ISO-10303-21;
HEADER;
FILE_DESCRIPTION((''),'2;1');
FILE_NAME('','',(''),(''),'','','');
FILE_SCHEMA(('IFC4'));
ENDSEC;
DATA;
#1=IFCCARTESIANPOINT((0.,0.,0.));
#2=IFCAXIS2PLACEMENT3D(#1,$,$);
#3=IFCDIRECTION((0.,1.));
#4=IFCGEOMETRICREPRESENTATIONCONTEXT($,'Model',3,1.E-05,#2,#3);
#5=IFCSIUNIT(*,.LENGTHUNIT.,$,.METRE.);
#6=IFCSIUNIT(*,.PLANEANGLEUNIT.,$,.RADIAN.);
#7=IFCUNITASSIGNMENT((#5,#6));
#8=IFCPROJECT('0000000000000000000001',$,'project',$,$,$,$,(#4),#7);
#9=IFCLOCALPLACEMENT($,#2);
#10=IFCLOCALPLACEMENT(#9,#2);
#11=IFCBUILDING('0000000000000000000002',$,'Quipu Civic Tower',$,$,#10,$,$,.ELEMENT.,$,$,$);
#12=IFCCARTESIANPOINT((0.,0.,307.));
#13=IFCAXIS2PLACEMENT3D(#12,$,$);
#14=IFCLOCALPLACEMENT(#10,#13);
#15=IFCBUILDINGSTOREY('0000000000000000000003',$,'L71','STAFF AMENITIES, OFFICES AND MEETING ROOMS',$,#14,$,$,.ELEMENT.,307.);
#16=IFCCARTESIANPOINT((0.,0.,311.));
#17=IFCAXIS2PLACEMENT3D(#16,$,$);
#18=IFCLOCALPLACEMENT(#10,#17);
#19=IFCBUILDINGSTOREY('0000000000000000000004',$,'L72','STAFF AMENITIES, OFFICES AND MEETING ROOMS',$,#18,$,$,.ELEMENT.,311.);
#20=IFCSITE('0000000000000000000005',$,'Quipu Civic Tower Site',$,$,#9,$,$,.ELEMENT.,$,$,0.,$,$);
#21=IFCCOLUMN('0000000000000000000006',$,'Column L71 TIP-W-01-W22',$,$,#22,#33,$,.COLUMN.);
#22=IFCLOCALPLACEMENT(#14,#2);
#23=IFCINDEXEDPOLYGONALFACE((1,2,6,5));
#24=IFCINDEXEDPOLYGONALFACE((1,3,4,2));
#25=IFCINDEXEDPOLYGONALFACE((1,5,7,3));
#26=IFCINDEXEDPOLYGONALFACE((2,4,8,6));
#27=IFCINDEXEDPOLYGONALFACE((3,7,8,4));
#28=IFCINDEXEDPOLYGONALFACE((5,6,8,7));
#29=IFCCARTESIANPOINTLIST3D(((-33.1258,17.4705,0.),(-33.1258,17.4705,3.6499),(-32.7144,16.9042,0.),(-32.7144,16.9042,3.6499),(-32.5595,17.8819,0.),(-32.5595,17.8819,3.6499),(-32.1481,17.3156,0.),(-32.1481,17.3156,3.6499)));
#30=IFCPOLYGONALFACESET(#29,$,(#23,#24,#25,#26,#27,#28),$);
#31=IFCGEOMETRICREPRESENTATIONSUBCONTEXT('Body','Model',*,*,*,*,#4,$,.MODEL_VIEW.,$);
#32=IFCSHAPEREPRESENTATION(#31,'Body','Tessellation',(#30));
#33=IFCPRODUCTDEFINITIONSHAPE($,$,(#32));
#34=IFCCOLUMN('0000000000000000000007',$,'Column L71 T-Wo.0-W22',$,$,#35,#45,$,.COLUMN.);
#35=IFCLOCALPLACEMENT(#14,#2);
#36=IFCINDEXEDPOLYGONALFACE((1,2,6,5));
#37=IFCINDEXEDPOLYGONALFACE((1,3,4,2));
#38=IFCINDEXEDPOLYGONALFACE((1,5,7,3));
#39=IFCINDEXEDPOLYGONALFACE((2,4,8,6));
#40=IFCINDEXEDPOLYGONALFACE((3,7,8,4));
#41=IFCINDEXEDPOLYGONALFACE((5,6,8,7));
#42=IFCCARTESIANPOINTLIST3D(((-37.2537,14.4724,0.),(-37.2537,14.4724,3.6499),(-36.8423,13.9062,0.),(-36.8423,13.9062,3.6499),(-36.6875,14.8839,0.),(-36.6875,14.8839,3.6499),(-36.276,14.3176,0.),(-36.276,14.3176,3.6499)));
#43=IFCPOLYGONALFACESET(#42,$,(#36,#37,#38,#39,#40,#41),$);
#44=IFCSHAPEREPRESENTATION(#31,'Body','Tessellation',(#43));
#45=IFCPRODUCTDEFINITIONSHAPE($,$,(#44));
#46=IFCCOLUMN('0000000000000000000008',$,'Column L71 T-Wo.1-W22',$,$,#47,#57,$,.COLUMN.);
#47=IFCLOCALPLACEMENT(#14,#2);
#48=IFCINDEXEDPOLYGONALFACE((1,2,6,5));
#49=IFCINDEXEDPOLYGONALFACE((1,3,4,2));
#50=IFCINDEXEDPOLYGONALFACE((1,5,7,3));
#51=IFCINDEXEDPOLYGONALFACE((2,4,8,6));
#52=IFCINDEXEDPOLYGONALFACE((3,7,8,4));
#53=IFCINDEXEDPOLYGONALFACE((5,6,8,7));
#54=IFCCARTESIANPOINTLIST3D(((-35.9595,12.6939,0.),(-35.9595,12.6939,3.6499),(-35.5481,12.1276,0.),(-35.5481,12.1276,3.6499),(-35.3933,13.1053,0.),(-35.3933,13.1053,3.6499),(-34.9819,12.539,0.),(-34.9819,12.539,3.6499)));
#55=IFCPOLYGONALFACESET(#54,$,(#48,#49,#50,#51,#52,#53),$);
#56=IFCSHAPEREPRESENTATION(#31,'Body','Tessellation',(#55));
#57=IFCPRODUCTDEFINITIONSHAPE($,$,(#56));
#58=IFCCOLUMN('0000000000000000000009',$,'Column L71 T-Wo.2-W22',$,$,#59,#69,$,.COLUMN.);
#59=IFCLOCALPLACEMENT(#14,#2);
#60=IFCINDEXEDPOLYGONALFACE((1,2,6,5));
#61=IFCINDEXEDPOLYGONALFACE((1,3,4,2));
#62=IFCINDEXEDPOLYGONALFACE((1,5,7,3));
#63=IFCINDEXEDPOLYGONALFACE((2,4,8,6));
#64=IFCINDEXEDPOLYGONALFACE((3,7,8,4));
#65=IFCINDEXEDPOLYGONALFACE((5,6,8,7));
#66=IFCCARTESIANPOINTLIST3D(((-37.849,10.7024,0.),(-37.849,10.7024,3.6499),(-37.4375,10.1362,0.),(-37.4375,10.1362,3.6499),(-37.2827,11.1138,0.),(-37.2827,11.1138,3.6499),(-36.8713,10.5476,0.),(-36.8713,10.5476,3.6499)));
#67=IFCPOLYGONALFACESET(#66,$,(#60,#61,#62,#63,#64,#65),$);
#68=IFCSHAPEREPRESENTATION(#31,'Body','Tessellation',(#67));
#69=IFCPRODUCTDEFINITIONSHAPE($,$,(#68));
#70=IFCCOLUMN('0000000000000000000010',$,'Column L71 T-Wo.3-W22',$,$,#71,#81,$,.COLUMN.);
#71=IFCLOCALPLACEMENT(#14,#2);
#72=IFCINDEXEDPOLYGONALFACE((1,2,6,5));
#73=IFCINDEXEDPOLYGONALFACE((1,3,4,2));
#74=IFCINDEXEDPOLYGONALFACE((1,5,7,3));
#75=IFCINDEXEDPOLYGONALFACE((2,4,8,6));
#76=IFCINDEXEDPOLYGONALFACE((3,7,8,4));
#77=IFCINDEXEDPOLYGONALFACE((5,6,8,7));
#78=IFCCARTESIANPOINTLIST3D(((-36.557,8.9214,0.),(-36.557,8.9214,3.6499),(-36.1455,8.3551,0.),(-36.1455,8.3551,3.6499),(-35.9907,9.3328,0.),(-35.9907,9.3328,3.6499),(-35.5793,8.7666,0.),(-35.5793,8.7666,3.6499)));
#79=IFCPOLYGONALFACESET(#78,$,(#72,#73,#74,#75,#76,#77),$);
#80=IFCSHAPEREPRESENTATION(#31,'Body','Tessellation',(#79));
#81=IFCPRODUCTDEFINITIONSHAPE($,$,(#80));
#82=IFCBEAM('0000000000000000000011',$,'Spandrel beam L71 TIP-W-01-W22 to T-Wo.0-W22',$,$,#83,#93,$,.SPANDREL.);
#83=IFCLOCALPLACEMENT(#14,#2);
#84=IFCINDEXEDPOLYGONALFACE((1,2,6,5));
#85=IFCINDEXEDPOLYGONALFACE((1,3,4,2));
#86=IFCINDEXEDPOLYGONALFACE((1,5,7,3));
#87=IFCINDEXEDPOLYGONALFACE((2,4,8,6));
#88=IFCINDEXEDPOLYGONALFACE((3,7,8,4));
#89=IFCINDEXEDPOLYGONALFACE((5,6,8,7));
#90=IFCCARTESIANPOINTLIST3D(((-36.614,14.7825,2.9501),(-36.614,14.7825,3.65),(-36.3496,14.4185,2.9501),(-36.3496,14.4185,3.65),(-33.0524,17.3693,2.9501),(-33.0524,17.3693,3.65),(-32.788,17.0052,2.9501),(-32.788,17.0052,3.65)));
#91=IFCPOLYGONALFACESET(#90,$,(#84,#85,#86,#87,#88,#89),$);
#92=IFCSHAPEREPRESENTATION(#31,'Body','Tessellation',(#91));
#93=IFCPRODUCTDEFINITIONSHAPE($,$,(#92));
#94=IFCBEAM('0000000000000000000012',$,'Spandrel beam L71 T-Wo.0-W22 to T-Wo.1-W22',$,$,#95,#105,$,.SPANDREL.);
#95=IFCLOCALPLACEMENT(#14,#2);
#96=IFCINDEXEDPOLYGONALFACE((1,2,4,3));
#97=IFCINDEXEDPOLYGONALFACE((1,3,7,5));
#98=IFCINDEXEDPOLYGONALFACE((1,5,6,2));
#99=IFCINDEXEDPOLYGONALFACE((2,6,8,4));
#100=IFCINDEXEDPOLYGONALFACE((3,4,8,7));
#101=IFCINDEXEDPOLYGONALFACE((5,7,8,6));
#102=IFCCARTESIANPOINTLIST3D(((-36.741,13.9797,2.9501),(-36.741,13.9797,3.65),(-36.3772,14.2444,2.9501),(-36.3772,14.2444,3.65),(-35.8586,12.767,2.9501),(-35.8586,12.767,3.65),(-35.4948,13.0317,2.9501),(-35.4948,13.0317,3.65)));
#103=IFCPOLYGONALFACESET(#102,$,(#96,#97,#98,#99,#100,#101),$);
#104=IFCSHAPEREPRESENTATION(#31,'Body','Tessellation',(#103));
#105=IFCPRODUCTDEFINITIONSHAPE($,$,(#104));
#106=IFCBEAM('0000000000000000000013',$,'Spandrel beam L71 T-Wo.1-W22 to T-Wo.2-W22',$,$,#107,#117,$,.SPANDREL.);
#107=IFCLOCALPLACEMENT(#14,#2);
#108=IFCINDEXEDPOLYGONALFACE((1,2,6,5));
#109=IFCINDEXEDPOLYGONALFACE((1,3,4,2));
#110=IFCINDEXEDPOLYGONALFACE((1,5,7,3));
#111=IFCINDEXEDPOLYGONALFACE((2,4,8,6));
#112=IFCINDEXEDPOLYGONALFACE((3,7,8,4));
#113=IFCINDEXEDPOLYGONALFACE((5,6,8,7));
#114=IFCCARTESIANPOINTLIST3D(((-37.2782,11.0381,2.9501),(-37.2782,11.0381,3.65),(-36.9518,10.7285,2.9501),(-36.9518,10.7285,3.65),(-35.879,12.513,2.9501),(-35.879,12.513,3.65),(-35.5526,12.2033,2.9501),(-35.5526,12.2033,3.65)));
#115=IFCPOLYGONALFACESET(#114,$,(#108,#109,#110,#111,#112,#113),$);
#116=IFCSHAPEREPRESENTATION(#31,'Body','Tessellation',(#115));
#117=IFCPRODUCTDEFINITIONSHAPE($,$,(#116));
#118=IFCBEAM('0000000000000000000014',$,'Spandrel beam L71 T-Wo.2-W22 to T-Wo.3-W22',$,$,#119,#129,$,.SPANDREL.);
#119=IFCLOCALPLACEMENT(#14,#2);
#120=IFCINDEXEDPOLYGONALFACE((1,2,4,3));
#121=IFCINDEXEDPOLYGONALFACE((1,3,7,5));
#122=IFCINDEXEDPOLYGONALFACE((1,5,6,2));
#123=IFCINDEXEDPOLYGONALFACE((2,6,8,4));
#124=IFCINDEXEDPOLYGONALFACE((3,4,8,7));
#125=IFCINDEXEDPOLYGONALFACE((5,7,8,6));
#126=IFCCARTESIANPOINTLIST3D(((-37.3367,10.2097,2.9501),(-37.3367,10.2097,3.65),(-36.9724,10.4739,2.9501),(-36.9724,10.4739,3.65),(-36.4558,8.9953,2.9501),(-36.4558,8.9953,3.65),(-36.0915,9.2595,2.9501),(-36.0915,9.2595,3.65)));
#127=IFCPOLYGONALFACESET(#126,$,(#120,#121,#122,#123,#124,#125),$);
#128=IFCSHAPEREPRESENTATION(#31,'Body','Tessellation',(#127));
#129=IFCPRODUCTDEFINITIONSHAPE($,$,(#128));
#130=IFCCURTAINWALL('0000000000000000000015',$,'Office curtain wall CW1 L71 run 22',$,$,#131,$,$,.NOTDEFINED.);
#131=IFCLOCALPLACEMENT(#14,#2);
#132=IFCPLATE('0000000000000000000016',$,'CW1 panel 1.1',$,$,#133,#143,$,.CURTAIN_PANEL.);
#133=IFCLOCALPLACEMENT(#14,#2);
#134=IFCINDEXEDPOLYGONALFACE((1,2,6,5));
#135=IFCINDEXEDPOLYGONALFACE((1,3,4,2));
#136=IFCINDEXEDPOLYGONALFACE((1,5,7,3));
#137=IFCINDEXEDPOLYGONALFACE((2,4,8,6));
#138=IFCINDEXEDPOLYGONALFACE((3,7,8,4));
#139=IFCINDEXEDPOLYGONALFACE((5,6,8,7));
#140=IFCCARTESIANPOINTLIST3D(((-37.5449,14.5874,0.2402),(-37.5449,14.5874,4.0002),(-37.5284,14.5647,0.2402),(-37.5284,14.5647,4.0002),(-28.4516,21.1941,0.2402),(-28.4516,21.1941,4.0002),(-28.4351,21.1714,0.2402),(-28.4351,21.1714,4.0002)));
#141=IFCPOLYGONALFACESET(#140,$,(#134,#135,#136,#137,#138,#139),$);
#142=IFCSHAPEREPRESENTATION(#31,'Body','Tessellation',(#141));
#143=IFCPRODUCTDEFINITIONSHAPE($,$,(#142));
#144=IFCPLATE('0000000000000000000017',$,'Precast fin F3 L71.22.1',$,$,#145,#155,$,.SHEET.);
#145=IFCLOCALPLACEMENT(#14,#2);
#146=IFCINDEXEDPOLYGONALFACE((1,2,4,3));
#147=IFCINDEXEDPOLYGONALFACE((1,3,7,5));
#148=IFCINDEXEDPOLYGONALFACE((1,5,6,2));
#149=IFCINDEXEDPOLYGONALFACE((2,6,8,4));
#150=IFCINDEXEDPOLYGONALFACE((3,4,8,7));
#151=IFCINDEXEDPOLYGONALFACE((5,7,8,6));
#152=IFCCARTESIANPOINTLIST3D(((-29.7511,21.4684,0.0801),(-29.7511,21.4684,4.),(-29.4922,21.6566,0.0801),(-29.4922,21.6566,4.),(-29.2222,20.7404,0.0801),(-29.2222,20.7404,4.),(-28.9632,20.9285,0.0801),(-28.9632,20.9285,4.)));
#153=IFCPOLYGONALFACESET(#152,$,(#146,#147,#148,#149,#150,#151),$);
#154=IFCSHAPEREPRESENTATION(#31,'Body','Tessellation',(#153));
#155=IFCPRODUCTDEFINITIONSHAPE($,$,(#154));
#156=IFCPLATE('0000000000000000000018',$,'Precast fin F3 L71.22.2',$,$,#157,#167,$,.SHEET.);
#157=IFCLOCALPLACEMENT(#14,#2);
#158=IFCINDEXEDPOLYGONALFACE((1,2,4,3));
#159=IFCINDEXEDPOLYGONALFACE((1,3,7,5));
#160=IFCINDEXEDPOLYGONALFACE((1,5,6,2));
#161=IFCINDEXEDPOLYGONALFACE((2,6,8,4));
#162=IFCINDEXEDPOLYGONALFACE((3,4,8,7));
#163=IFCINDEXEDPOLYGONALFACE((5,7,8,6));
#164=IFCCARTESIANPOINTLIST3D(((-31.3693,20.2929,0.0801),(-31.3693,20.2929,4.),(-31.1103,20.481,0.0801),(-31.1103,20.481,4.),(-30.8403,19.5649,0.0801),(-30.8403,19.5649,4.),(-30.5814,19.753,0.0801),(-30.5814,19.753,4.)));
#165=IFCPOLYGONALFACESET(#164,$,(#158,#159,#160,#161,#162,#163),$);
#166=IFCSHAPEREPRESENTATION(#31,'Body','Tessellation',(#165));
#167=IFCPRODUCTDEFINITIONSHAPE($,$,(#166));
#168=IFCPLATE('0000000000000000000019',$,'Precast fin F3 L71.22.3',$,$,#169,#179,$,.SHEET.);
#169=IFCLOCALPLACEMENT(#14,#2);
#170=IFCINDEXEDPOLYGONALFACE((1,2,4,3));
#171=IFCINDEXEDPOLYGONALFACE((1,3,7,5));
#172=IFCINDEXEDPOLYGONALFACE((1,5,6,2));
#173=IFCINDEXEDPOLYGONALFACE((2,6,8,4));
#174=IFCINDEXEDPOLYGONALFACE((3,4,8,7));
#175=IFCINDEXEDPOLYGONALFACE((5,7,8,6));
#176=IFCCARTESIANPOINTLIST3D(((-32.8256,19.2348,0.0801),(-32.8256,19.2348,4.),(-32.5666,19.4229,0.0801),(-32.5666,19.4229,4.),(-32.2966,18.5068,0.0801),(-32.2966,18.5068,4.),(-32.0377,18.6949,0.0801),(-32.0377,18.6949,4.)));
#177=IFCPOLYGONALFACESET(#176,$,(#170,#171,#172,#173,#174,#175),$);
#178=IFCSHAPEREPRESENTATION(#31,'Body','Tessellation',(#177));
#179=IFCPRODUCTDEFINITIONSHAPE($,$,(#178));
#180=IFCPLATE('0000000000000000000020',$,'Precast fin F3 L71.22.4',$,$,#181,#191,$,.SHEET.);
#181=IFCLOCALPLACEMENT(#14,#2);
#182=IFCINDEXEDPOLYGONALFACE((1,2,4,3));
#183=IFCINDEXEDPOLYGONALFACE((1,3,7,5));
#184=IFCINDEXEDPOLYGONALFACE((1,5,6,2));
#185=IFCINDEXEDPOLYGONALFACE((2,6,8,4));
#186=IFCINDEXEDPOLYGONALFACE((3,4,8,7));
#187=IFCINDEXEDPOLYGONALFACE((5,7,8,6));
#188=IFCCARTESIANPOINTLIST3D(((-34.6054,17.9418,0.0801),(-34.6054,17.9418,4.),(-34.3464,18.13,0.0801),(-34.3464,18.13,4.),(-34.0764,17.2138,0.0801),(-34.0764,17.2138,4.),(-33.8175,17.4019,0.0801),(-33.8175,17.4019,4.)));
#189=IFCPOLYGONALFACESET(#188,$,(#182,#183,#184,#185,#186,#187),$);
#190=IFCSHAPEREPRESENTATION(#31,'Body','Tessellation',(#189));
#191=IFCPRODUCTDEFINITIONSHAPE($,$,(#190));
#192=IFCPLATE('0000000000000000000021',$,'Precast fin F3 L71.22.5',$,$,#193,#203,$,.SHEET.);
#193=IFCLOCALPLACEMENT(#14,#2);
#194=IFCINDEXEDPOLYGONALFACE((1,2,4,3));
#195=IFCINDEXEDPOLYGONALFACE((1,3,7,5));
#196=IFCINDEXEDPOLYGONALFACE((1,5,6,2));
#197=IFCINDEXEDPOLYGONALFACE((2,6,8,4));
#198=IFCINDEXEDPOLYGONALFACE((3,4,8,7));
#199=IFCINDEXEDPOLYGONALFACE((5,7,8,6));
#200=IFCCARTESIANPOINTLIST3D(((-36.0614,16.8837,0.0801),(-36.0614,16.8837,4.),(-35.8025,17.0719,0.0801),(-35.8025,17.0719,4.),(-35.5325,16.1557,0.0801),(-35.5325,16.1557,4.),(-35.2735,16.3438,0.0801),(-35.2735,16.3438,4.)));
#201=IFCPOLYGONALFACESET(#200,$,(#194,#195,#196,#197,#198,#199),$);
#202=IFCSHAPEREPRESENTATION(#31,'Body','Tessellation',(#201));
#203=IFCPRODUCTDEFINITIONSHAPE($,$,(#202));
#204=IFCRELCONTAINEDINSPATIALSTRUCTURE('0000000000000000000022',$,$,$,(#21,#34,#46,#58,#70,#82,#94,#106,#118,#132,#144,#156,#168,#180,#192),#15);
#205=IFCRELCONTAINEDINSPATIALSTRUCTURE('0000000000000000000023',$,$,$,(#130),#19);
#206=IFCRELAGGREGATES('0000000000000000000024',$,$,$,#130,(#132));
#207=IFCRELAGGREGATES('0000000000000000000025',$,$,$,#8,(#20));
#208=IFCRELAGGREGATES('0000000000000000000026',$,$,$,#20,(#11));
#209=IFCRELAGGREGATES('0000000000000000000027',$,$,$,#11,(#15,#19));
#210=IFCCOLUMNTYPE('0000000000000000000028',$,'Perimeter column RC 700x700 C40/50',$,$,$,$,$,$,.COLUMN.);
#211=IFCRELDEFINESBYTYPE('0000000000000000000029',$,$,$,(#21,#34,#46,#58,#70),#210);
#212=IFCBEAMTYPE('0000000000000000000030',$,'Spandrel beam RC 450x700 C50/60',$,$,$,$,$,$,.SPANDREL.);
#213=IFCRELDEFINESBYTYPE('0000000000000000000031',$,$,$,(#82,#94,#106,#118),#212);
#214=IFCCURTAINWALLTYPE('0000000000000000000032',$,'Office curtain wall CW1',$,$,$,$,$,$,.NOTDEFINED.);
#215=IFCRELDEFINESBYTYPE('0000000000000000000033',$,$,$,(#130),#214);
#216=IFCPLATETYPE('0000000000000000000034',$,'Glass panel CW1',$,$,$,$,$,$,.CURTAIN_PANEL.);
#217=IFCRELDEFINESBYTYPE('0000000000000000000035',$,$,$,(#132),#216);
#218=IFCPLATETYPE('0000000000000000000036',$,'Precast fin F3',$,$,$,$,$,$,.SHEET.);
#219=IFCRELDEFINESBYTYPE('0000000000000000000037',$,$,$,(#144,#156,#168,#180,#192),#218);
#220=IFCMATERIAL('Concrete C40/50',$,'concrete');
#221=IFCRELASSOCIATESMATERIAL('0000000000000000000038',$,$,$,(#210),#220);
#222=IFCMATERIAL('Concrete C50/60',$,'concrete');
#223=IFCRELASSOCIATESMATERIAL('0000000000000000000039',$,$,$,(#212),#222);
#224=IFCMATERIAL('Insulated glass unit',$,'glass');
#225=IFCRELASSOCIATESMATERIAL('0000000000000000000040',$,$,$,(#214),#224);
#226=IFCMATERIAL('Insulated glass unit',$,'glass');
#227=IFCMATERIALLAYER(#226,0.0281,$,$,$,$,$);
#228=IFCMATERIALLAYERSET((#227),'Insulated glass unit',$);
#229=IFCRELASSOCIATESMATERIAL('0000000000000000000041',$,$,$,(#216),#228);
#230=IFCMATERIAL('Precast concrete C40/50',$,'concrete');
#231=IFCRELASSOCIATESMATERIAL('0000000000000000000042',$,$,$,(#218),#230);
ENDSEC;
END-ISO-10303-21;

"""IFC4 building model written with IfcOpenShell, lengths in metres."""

from ifc_helpers import new_model, si_unit, direction, frame, origin, origin_2d, place, context, subcontext, project, spatial, rectangle, extrude, material, layer, layer_set, material_profile, profile_set, type_object, element, aggregate, save


model = new_model("IFC4")

# Units and contexts
model_context = context("Model", 3, precision=1e-05, world=origin(), true_north=direction((0.0, 1.0)))
body_context = subcontext(model_context, "Body", "Model", "MODEL_VIEW")
ifc_project = project(units=[si_unit("LENGTHUNIT", "METRE"), si_unit("PLANEANGLEUNIT", "RADIAN")], contexts=[model_context])

# Site, building, storey
site_placement = place(None, origin())
site = spatial("IfcSite", under=ifc_project, at=site_placement, Name="Quipu Civic Tower Site", CompositionType="ELEMENT", RefElevation=0.0)
building_placement = place(site_placement, origin())
building = spatial("IfcBuilding", under=site, at=building_placement, Name="Quipu Civic Tower", CompositionType="ELEMENT")
storey_1_placement = place(building_placement, frame((0.0, 0.0, 307.0)))
storey_1 = spatial("IfcBuildingStorey", under=building, at=storey_1_placement, Name="L71", Description="STAFF AMENITIES, OFFICES AND MEETING ROOMS", CompositionType="ELEMENT", Elevation=307.0)

# Columns
ifc_material_1 = material(Name="Concrete C40/50", Category="concrete")
ifc_material_profile_1 = material_profile(ifc_material_1, rectangle(XDim=0.7, YDim=0.7, at=origin_2d()), Name="RC700x700")
ifc_profile_set_1 = profile_set([ifc_material_profile_1], Name="Concrete C40/50")
column_type = type_object("IfcColumnType", Name="Perimeter column RC 700x700 C40/50", PredefinedType="COLUMN", material=ifc_profile_set_1)
for number, where, z_axis, x_axis, name in (
    (1, (-32.637, 17.3931, 0.0), (0.0, 0.0, 1.0), (-0.809017, -0.587785, 0.0), "Column L71 TIP-W-01-W22"),
    (2, (-36.7649, 14.395, 0.0), (0.0, 0.0, 1.0), (0.587785, -0.809017, 0.0), "Column L71 T-Wo.0-W22"),
    (3, (-35.4707, 12.6165, 0.0), (0.0, 0.0, 1.0), (-0.809017, -0.587785, 0.0), "Column L71 T-Wo.1-W22"),
    (4, (-37.3601, 10.625, 0.0), (0.0, 0.0, 1.0), (0.587785, -0.809017, 0.0), "Column L71 T-Wo.2-W22"),
    (5, (-36.0681, 8.844, 0.0), (0.0, 0.0, 1.0), (0.587785, -0.809017, 0.0), "Column L71 T-Wo.3-W22"),
):
    element("IfcColumn", number, at=place(storey_1_placement, frame(where, z_axis=z_axis, x_axis=x_axis)), inside=storey_1, type_object=column_type, Name=name, PredefinedType="COLUMN", context=body_context, shape_type="SweptSolid", body=[
        extrude(rectangle(XDim=0.7, YDim=0.7, at=origin_2d()), origin(), (0.0, 0.0, 1.0), 3.6499),
    ])

# Beams
ifc_material_2 = material(Name="Concrete C50/60", Category="concrete")
ifc_material_profile_2 = material_profile(ifc_material_2, rectangle(XDim=0.45, YDim=0.7, at=origin_2d()), Name="RC450x700")
ifc_profile_set_2 = profile_set([ifc_material_profile_2], Name="Concrete C50/60")
beam_type = type_object("IfcBeamType", Name="Spandrel beam RC 450x700 C50/60", PredefinedType="SPANDREL", material=ifc_profile_set_2)
beam_1_placement = place(storey_1_placement, frame((-32.9202, 17.1873, 3.3), z_axis=(-0.809117, -0.587647, 0.0), x_axis=(0.587647, -0.809117, 0.0)))
element("IfcBeam", 6, at=beam_1_placement, inside=storey_1, type_object=beam_type, Name="Spandrel beam L71 TIP-W-01-W22 to T-Wo.0-W22", PredefinedType="SPANDREL", context=body_context, shape_type="SweptSolid", body=[
    extrude(rectangle(XDim=0.45, YDim=0.7, at=origin_2d()), origin(), (0.0, 0.0, 1.0), 4.4019),
])
beam_2_placement = place(storey_1_placement, frame((-36.5591, 14.1121, 3.3), z_axis=(0.588346, -0.808609, 0.0), x_axis=(0.808609, 0.588346, 0.0)))
element("IfcBeam", 7, at=beam_2_placement, inside=storey_1, type_object=beam_type, Name="Spandrel beam L71 T-Wo.0-W22 to T-Wo.1-W22", PredefinedType="SPANDREL", context=body_context, shape_type="SweptSolid", body=[
    extrude(rectangle(XDim=0.45, YDim=0.7, at=origin_2d()), origin(), (0.0, 0.0, 1.0), 1.4998),
])
beam_3_placement = place(storey_1_placement, frame((-35.7158, 12.3582, 3.3), z_axis=(-0.688247, -0.725476, 0.0), x_axis=(0.725476, -0.688247, 0.0)))
element("IfcBeam", 8, at=beam_3_placement, inside=storey_1, type_object=beam_type, Name="Spandrel beam L71 T-Wo.1-W22 to T-Wo.2-W22", PredefinedType="SPANDREL", context=body_context, shape_type="SweptSolid", body=[
    extrude(rectangle(XDim=0.45, YDim=0.7, at=origin_2d()), origin(), (0.0, 0.0, 1.0), 2.033),
])
beam_4_placement = place(storey_1_placement, frame((-37.1545, 10.3418, 3.3), z_axis=(0.587165, -0.809467, 0.0), x_axis=(0.809467, 0.587165, 0.0)))
element("IfcBeam", 9, at=beam_4_placement, inside=storey_1, type_object=beam_type, Name="Spandrel beam L71 T-Wo.2-W22 to T-Wo.3-W22", PredefinedType="SPANDREL", context=body_context, shape_type="SweptSolid", body=[
    extrude(rectangle(XDim=0.45, YDim=0.7, at=origin_2d()), origin(), (0.0, 0.0, 1.0), 1.5002),
])

# Shared definitions
storey_2_placement = place(building_placement, frame((0.0, 0.0, 311.0)))
storey_2 = spatial("IfcBuildingStorey", under=building, at=storey_2_placement, Name="L72", Description="STAFF AMENITIES, OFFICES AND MEETING ROOMS", CompositionType="ELEMENT", Elevation=311.0)

# Curtain wall, plate
ifc_material_3 = material(Name="Insulated glass unit", Category="glass")
curtain_wall_type = type_object("IfcCurtainWallType", Name="Office curtain wall CW1", PredefinedType="NOTDEFINED", material=ifc_material_3)
curtain_wall_placement = place(storey_2_placement, origin())
curtain_wall = element("IfcCurtainWall", 10, at=curtain_wall_placement, inside=storey_2, type_object=curtain_wall_type, Name="Office curtain wall CW1 L71 run 22", PredefinedType="NOTDEFINED")
ifc_material_4 = material(Name="Insulated glass unit", Category="glass")
ifc_layer_1 = layer(ifc_material_4, 0.0281)
ifc_layer_set_1 = layer_set([ifc_layer_1], Name="Insulated glass unit")
plate_type_1 = type_object("IfcPlateType", Name="Glass panel CW1", PredefinedType="CURTAIN_PANEL", material=ifc_layer_set_1)
plate_placement = place(storey_1_placement, frame((-32.99, 17.8794, 0.2402), z_axis=(0.0, 0.0, 1.0), x_axis=(-0.809015, -0.587788, 0.0)))
plate = element("IfcPlate", 11, at=plate_placement, inside=storey_1, type_object=plate_type_1, Name="CW1 panel 1.1", PredefinedType="CURTAIN_PANEL", context=body_context, shape_type="SweptSolid", body=[
    extrude(rectangle(XDim=11.24, YDim=0.0281, at=origin_2d()), origin(), (0.0, 0.0, 1.0), 3.76),
])
aggregate(curtain_wall, [plate])

# Plates
ifc_material_5 = material(Name="Precast concrete C40/50", Category="concrete")
plate_type_2 = type_object("IfcPlateType", Name="Precast fin F3", PredefinedType="SHEET", material=ifc_material_5)
for number, where, z_axis, x_axis, name in (
    (12, (-29.3572, 21.1985, 0.0801), (0.0, 0.0, 1.0), (-0.809017, -0.587785, 0.0), "Precast fin F3 L71.22.1"),
    (13, (-30.9753, 20.0229, 0.0801), (0.0, 0.0, 1.0), (-0.809017, -0.587785, 0.0), "Precast fin F3 L71.22.2"),
    (14, (-32.4316, 18.9648, 0.0801), (0.0, 0.0, 1.0), (-0.809017, -0.587785, 0.0), "Precast fin F3 L71.22.3"),
    (15, (-34.2114, 17.6719, 0.0801), (0.0, 0.0, 1.0), (-0.809017, -0.587785, 0.0), "Precast fin F3 L71.22.4"),
    (16, (-35.6675, 16.6138, 0.0801), (0.0, 0.0, 1.0), (-0.809017, -0.587785, 0.0), "Precast fin F3 L71.22.5"),
):
    element("IfcPlate", number, at=place(storey_1_placement, frame(where, z_axis=z_axis, x_axis=x_axis)), inside=storey_1, type_object=plate_type_2, Name=name, PredefinedType="SHEET", context=body_context, shape_type="SweptSolid", body=[
        extrude(rectangle(XDim=0.3201, YDim=0.8999, at=origin_2d()), origin(), (0.0, 0.0, 1.0), 3.9199),
    ])

save(model, "model.ifc")
